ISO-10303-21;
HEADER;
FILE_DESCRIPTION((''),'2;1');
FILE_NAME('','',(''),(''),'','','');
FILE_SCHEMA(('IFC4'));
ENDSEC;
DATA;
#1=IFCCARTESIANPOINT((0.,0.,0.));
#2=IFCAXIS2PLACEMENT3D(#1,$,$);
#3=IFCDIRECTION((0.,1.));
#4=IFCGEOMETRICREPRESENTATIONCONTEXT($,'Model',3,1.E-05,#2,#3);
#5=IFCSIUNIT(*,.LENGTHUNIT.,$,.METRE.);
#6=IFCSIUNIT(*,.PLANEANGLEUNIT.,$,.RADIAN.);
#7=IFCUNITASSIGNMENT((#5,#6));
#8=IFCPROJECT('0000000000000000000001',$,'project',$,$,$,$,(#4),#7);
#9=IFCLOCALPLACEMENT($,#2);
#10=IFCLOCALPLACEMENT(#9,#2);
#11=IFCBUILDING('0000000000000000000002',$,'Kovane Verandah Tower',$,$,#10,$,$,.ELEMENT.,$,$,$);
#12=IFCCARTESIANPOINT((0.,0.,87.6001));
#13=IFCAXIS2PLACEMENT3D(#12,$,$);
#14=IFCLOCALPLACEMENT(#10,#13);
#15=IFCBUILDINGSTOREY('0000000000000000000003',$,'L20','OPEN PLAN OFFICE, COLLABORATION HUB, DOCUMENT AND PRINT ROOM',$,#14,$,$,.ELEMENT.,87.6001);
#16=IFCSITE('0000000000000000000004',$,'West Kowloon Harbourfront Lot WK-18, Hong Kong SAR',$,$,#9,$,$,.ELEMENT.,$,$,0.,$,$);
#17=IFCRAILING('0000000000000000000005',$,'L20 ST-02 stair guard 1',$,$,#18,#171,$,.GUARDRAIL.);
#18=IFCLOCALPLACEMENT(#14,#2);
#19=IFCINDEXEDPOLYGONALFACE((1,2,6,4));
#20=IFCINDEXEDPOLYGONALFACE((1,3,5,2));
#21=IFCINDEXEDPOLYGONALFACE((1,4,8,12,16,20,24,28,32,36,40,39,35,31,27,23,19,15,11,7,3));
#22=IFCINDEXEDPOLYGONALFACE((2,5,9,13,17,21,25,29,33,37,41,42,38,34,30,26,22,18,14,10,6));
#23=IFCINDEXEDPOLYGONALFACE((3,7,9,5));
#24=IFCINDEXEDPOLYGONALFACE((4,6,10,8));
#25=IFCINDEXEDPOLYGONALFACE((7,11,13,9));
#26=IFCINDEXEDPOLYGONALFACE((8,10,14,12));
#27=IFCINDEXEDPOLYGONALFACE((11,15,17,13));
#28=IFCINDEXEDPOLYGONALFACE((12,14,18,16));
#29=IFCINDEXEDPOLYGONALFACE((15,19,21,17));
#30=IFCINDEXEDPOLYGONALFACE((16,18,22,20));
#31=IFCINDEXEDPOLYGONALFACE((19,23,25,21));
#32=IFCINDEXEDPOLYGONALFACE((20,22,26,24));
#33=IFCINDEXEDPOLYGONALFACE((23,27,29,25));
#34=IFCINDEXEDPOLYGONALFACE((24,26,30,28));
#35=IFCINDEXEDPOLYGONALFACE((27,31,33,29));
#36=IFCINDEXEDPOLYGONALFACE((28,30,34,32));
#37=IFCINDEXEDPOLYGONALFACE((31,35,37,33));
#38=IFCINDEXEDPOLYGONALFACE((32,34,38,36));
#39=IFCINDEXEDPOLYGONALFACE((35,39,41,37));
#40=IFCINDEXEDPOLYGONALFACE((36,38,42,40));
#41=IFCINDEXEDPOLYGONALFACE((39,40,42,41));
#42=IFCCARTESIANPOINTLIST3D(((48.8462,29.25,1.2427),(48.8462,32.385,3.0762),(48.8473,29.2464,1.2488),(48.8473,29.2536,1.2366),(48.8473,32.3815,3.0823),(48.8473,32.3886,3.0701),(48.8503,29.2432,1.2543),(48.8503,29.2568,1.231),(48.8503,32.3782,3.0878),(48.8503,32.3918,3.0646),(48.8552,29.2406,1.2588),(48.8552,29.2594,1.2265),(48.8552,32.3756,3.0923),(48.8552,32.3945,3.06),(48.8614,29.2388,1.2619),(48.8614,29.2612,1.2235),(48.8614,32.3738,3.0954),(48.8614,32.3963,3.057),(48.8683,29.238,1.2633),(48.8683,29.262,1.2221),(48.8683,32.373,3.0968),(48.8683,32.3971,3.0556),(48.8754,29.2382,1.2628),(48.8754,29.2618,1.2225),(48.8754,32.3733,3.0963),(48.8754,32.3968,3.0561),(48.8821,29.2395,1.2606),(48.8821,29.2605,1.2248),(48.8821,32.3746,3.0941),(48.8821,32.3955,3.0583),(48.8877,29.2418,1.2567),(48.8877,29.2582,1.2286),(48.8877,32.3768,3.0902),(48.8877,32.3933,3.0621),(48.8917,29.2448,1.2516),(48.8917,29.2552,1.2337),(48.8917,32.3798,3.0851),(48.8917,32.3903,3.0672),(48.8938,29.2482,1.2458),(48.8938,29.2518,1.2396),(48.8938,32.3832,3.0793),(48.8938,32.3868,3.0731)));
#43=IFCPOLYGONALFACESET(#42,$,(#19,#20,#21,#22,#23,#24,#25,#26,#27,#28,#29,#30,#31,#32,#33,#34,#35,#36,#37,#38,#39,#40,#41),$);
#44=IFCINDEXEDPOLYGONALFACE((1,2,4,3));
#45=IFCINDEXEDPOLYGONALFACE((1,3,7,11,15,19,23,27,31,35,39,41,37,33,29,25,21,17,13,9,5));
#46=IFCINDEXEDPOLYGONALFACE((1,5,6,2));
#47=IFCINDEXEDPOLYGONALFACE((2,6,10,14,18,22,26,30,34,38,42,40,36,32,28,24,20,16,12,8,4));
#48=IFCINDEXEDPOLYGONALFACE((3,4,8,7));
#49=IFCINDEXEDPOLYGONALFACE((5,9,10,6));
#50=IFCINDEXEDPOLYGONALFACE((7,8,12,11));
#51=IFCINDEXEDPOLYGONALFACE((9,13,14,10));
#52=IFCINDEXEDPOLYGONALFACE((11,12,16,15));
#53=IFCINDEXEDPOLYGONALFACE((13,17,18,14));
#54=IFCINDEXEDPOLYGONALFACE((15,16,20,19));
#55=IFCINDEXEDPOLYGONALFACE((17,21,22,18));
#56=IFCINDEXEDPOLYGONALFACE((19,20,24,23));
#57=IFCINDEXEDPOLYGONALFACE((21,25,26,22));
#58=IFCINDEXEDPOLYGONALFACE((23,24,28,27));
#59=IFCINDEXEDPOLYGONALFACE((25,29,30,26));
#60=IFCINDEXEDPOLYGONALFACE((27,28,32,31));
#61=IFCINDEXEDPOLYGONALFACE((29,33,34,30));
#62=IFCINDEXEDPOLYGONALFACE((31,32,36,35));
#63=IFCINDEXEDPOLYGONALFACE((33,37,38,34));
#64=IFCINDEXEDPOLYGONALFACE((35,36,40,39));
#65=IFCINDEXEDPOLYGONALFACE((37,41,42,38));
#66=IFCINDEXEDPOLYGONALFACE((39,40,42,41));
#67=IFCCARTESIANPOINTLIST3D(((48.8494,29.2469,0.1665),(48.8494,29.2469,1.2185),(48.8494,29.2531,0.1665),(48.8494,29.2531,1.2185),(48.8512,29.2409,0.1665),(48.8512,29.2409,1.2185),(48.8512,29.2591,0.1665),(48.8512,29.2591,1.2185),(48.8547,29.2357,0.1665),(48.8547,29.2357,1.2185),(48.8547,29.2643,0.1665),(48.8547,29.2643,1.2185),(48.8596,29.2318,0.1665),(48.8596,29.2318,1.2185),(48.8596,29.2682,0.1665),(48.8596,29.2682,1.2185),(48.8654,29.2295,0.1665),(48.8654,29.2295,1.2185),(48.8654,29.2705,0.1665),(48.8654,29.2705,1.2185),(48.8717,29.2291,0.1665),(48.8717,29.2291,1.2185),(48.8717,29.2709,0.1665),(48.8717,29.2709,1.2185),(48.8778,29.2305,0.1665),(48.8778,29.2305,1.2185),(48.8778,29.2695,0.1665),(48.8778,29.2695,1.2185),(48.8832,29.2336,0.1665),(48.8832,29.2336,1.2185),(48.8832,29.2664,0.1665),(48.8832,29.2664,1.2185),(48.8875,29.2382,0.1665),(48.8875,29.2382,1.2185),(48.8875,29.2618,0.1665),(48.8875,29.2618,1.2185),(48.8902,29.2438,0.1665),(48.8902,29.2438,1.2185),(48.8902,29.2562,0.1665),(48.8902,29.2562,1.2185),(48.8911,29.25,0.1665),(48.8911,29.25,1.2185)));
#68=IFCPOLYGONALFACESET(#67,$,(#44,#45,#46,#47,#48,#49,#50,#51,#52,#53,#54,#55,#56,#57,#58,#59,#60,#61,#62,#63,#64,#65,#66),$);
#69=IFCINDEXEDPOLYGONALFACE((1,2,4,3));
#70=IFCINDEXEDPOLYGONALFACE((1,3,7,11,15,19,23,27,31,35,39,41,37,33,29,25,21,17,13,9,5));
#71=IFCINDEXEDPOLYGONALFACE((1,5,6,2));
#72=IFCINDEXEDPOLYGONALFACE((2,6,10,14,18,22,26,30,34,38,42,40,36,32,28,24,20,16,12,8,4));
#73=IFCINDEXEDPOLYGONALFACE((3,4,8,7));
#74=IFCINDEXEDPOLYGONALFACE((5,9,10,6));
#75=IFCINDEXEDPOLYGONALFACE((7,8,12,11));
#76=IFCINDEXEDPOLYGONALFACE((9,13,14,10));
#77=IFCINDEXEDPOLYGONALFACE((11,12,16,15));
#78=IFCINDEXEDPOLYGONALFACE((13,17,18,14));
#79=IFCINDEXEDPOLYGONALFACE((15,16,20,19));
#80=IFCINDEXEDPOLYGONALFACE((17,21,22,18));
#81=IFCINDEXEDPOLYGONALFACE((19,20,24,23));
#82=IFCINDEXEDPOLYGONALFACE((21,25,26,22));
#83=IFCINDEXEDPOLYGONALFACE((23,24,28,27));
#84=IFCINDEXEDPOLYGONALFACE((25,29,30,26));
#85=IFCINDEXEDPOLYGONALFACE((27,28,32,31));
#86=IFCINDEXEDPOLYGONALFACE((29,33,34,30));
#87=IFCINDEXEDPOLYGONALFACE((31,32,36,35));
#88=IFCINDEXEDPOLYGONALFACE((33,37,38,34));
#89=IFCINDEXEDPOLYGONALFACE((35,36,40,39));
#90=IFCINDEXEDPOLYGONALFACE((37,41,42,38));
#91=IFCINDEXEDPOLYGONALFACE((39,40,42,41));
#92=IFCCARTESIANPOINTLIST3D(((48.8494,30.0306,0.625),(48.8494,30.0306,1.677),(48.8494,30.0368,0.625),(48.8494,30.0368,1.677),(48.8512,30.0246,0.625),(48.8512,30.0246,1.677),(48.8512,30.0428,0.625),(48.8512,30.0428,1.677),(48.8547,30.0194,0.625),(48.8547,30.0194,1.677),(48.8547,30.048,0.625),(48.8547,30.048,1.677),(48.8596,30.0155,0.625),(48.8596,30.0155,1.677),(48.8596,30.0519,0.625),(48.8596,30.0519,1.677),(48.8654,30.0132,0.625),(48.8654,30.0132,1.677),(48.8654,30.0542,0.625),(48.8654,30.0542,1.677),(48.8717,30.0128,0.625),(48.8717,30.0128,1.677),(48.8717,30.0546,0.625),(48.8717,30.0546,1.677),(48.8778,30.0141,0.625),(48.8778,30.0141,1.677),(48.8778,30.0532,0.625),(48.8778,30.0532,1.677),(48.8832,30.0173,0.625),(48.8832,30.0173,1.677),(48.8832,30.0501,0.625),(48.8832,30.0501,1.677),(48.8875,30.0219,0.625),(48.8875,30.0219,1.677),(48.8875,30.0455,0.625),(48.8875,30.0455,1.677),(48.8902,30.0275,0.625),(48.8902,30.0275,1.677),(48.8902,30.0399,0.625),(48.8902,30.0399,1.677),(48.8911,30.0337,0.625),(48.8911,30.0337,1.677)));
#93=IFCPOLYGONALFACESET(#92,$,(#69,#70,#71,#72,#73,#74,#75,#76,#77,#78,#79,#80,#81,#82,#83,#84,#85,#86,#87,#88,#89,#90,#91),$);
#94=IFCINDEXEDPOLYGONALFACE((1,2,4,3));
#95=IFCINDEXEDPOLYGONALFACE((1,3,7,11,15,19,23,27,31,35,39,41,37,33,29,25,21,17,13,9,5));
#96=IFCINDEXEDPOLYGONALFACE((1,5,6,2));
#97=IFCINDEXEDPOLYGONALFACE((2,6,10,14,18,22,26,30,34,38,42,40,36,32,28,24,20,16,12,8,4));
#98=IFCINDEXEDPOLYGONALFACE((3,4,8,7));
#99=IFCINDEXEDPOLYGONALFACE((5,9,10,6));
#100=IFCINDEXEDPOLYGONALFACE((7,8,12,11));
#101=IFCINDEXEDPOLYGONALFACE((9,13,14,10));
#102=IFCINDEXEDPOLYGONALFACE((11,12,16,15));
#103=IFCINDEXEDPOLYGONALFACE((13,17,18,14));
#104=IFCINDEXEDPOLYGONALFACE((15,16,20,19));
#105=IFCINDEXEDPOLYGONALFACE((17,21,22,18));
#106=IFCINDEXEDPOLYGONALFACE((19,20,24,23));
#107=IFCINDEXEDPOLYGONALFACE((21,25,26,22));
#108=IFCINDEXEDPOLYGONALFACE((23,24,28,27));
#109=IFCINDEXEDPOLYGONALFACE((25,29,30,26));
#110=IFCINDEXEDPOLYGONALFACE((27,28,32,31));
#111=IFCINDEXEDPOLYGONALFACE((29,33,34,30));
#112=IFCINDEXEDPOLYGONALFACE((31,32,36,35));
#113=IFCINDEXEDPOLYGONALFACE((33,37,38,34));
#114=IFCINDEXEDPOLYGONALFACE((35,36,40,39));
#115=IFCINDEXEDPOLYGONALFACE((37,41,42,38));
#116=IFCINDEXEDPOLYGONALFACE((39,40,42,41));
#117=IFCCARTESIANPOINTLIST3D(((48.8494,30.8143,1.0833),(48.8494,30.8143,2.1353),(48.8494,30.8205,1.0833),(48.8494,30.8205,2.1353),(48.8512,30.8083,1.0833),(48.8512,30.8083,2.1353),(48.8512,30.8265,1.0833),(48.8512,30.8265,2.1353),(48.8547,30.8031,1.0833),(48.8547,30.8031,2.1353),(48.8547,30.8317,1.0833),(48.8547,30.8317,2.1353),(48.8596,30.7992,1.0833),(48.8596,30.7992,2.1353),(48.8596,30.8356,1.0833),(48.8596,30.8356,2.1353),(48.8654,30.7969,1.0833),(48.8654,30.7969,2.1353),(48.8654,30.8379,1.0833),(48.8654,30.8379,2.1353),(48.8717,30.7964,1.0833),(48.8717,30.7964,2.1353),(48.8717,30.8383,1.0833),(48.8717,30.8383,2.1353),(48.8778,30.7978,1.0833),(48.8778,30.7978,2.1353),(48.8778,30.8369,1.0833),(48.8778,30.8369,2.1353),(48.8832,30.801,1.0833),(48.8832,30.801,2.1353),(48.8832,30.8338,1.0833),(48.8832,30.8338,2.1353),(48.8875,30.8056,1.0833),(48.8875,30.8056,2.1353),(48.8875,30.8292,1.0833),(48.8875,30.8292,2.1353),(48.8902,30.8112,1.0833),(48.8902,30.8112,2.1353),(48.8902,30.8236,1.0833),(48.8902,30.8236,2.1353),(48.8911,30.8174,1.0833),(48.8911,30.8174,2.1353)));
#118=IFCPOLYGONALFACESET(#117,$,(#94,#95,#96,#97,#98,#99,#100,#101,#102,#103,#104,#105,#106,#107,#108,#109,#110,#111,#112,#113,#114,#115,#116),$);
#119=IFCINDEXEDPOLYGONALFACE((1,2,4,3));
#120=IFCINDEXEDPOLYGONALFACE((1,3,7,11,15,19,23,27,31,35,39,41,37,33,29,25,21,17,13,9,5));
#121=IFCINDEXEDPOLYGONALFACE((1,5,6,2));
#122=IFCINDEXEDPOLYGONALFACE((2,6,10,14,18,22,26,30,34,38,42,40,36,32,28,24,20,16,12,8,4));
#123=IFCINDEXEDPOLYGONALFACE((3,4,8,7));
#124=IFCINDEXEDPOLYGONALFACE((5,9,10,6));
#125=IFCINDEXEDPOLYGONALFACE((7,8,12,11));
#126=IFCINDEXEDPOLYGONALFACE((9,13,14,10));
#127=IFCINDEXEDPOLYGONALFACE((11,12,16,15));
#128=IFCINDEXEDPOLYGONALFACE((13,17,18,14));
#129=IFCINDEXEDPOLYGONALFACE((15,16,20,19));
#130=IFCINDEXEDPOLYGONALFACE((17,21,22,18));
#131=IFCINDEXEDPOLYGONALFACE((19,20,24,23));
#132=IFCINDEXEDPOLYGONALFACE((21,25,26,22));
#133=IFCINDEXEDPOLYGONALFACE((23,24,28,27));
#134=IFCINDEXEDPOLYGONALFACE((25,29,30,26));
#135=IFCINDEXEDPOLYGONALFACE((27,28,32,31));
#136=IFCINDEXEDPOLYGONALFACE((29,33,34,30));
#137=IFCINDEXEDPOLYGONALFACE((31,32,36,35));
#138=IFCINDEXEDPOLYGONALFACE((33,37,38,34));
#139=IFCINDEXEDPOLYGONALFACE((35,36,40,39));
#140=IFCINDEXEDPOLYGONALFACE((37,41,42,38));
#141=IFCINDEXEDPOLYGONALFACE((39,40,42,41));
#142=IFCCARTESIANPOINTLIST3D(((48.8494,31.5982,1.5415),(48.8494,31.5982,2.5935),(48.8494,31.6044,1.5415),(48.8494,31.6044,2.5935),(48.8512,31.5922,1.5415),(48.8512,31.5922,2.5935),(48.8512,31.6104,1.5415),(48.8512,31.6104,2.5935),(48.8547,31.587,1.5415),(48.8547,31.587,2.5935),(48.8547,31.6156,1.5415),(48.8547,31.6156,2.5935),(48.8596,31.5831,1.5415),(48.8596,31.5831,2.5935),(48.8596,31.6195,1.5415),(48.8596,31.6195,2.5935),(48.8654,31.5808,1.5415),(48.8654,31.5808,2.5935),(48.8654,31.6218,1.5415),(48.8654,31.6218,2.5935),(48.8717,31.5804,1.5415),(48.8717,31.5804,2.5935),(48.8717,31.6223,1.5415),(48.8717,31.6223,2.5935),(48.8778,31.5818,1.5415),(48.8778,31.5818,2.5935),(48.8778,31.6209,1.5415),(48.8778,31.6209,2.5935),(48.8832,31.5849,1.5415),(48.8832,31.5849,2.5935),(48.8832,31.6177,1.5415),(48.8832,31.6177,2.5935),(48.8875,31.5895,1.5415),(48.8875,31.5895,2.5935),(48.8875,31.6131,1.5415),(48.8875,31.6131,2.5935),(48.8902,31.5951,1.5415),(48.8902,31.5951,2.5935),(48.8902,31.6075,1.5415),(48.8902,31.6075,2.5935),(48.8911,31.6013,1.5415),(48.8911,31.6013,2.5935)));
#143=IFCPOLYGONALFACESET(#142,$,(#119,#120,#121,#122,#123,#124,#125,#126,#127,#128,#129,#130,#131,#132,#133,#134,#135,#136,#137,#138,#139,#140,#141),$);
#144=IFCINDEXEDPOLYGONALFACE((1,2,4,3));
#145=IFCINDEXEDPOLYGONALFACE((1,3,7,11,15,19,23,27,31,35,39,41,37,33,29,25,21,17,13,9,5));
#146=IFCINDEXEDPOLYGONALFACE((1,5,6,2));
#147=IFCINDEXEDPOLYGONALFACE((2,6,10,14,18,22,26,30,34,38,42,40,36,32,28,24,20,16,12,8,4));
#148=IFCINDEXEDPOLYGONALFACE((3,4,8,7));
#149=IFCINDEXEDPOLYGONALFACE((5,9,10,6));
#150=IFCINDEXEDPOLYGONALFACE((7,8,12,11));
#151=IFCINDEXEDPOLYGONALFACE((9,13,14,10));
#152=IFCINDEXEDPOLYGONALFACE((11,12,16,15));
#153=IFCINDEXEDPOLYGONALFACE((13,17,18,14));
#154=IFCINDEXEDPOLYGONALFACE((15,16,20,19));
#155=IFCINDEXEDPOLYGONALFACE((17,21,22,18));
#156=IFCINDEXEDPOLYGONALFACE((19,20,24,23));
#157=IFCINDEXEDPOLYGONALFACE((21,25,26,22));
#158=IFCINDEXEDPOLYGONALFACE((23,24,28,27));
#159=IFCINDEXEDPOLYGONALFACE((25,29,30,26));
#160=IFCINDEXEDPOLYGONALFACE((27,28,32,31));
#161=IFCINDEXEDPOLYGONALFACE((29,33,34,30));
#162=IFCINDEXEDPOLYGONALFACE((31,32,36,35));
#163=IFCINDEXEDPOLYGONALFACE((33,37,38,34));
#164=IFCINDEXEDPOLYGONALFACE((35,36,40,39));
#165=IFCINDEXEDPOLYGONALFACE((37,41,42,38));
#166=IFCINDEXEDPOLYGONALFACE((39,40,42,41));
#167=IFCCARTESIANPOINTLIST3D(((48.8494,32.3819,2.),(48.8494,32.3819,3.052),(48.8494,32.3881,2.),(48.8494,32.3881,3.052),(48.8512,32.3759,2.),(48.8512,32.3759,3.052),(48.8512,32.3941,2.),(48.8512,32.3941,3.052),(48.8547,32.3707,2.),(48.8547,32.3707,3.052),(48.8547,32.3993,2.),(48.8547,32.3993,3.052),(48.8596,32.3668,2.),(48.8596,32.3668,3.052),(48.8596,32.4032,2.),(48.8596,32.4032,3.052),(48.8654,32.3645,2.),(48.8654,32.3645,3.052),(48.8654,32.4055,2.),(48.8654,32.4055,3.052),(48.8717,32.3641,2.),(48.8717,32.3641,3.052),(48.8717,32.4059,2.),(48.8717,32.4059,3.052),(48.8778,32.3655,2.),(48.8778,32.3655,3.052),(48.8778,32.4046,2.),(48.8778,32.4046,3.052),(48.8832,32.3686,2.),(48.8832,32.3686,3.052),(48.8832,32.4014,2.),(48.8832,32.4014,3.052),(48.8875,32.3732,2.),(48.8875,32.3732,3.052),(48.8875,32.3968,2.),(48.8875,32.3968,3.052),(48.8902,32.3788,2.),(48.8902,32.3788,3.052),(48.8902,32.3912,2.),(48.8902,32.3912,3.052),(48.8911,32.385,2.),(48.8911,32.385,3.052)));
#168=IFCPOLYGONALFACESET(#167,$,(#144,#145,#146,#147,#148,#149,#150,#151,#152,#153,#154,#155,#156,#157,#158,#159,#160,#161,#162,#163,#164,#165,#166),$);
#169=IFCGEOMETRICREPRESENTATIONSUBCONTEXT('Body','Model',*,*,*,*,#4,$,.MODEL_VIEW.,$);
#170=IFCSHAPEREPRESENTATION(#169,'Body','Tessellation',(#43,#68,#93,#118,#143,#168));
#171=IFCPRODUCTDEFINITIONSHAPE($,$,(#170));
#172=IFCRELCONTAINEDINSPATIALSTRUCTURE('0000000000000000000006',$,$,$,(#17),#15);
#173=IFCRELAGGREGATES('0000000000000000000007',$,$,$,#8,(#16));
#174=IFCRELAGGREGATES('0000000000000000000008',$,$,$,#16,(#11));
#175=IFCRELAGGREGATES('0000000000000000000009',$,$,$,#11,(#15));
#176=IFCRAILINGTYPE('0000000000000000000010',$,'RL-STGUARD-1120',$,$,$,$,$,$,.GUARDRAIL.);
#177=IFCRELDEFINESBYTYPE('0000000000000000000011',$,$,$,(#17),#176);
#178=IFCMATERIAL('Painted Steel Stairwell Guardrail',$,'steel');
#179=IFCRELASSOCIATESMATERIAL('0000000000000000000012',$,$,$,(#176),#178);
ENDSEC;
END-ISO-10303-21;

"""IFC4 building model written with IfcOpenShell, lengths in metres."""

from ifc_helpers import new_model, si_unit, direction, frame, origin, origin_2d, place, context, subcontext, project, spatial, circle, extrude, material, type_object, element, save


model = new_model("IFC4")

# Units and contexts
model_context = context("Model", 3, precision=1e-05, world=origin(), true_north=direction((0.0, 1.0)))
body_context = subcontext(model_context, "Body", "Model", "MODEL_VIEW")
ifc_project = project(units=[si_unit("LENGTHUNIT", "METRE"), si_unit("PLANEANGLEUNIT", "RADIAN")], contexts=[model_context])

# Site, building, storey
site_placement = place(None, origin())
site = spatial("IfcSite", under=ifc_project, at=site_placement, Name="West Kowloon Harbourfront Lot WK-18, Hong Kong SAR", CompositionType="ELEMENT", RefElevation=0.0)
building_placement = place(site_placement, origin())
building = spatial("IfcBuilding", under=site, at=building_placement, Name="Kovane Verandah Tower", CompositionType="ELEMENT")
storey_placement = place(building_placement, frame((0.0, 0.0, 87.6001)))
storey = spatial("IfcBuildingStorey", under=building, at=storey_placement, Name="L20", Description="OPEN PLAN OFFICE, COLLABORATION HUB, DOCUMENT AND PRINT ROOM", CompositionType="ELEMENT", Elevation=87.6001)

# Railing
ifc_material_1 = material(Name="Painted Steel Stairwell Guardrail", Category="steel")
railing_type_1 = type_object("IfcRailingType", Name="RL-STGUARD-1120", PredefinedType="GUARDRAIL", material=ifc_material_1)
railing_1_placement = place(storey_placement, frame((48.8701, 29.25, 0.1665)))
element("IfcRailing", 1, at=railing_1_placement, inside=storey, type_object=railing_type_1, Name="L20 ST-02 stair guard 1", PredefinedType="GUARDRAIL", context=body_context, shape_type="SweptSolid", body=[
    extrude(circle(Radius=0.0239, at=origin_2d()), frame((0.0, 0.0, 1.0762), z_axis=(0.0, 0.86321, 0.504845), x_axis=(-1.0, 0.0, 0.0)), (0.0, 0.0, 1.0), 3.6318),
    extrude(circle(Radius=0.021, at=origin_2d()), origin(), (0.0, 0.0, 1.0), 1.052),
    extrude(circle(Radius=0.021, at=origin_2d()), frame((0.0, 0.7837, 0.4585)), (0.0, 0.0, 1.0), 1.052),
    extrude(circle(Radius=0.021, at=origin_2d()), frame((0.0, 1.5674, 0.9167)), (0.0, 0.0, 1.0), 1.052),
    extrude(circle(Radius=0.021, at=origin_2d()), frame((0.0, 2.3513, 1.375)), (0.0, 0.0, 1.0), 1.052),
    extrude(circle(Radius=0.021, at=origin_2d()), frame((0.0, 3.135, 1.8335)), (0.0, 0.0, 1.0), 1.052),
])

save(model, "model.ifc")
